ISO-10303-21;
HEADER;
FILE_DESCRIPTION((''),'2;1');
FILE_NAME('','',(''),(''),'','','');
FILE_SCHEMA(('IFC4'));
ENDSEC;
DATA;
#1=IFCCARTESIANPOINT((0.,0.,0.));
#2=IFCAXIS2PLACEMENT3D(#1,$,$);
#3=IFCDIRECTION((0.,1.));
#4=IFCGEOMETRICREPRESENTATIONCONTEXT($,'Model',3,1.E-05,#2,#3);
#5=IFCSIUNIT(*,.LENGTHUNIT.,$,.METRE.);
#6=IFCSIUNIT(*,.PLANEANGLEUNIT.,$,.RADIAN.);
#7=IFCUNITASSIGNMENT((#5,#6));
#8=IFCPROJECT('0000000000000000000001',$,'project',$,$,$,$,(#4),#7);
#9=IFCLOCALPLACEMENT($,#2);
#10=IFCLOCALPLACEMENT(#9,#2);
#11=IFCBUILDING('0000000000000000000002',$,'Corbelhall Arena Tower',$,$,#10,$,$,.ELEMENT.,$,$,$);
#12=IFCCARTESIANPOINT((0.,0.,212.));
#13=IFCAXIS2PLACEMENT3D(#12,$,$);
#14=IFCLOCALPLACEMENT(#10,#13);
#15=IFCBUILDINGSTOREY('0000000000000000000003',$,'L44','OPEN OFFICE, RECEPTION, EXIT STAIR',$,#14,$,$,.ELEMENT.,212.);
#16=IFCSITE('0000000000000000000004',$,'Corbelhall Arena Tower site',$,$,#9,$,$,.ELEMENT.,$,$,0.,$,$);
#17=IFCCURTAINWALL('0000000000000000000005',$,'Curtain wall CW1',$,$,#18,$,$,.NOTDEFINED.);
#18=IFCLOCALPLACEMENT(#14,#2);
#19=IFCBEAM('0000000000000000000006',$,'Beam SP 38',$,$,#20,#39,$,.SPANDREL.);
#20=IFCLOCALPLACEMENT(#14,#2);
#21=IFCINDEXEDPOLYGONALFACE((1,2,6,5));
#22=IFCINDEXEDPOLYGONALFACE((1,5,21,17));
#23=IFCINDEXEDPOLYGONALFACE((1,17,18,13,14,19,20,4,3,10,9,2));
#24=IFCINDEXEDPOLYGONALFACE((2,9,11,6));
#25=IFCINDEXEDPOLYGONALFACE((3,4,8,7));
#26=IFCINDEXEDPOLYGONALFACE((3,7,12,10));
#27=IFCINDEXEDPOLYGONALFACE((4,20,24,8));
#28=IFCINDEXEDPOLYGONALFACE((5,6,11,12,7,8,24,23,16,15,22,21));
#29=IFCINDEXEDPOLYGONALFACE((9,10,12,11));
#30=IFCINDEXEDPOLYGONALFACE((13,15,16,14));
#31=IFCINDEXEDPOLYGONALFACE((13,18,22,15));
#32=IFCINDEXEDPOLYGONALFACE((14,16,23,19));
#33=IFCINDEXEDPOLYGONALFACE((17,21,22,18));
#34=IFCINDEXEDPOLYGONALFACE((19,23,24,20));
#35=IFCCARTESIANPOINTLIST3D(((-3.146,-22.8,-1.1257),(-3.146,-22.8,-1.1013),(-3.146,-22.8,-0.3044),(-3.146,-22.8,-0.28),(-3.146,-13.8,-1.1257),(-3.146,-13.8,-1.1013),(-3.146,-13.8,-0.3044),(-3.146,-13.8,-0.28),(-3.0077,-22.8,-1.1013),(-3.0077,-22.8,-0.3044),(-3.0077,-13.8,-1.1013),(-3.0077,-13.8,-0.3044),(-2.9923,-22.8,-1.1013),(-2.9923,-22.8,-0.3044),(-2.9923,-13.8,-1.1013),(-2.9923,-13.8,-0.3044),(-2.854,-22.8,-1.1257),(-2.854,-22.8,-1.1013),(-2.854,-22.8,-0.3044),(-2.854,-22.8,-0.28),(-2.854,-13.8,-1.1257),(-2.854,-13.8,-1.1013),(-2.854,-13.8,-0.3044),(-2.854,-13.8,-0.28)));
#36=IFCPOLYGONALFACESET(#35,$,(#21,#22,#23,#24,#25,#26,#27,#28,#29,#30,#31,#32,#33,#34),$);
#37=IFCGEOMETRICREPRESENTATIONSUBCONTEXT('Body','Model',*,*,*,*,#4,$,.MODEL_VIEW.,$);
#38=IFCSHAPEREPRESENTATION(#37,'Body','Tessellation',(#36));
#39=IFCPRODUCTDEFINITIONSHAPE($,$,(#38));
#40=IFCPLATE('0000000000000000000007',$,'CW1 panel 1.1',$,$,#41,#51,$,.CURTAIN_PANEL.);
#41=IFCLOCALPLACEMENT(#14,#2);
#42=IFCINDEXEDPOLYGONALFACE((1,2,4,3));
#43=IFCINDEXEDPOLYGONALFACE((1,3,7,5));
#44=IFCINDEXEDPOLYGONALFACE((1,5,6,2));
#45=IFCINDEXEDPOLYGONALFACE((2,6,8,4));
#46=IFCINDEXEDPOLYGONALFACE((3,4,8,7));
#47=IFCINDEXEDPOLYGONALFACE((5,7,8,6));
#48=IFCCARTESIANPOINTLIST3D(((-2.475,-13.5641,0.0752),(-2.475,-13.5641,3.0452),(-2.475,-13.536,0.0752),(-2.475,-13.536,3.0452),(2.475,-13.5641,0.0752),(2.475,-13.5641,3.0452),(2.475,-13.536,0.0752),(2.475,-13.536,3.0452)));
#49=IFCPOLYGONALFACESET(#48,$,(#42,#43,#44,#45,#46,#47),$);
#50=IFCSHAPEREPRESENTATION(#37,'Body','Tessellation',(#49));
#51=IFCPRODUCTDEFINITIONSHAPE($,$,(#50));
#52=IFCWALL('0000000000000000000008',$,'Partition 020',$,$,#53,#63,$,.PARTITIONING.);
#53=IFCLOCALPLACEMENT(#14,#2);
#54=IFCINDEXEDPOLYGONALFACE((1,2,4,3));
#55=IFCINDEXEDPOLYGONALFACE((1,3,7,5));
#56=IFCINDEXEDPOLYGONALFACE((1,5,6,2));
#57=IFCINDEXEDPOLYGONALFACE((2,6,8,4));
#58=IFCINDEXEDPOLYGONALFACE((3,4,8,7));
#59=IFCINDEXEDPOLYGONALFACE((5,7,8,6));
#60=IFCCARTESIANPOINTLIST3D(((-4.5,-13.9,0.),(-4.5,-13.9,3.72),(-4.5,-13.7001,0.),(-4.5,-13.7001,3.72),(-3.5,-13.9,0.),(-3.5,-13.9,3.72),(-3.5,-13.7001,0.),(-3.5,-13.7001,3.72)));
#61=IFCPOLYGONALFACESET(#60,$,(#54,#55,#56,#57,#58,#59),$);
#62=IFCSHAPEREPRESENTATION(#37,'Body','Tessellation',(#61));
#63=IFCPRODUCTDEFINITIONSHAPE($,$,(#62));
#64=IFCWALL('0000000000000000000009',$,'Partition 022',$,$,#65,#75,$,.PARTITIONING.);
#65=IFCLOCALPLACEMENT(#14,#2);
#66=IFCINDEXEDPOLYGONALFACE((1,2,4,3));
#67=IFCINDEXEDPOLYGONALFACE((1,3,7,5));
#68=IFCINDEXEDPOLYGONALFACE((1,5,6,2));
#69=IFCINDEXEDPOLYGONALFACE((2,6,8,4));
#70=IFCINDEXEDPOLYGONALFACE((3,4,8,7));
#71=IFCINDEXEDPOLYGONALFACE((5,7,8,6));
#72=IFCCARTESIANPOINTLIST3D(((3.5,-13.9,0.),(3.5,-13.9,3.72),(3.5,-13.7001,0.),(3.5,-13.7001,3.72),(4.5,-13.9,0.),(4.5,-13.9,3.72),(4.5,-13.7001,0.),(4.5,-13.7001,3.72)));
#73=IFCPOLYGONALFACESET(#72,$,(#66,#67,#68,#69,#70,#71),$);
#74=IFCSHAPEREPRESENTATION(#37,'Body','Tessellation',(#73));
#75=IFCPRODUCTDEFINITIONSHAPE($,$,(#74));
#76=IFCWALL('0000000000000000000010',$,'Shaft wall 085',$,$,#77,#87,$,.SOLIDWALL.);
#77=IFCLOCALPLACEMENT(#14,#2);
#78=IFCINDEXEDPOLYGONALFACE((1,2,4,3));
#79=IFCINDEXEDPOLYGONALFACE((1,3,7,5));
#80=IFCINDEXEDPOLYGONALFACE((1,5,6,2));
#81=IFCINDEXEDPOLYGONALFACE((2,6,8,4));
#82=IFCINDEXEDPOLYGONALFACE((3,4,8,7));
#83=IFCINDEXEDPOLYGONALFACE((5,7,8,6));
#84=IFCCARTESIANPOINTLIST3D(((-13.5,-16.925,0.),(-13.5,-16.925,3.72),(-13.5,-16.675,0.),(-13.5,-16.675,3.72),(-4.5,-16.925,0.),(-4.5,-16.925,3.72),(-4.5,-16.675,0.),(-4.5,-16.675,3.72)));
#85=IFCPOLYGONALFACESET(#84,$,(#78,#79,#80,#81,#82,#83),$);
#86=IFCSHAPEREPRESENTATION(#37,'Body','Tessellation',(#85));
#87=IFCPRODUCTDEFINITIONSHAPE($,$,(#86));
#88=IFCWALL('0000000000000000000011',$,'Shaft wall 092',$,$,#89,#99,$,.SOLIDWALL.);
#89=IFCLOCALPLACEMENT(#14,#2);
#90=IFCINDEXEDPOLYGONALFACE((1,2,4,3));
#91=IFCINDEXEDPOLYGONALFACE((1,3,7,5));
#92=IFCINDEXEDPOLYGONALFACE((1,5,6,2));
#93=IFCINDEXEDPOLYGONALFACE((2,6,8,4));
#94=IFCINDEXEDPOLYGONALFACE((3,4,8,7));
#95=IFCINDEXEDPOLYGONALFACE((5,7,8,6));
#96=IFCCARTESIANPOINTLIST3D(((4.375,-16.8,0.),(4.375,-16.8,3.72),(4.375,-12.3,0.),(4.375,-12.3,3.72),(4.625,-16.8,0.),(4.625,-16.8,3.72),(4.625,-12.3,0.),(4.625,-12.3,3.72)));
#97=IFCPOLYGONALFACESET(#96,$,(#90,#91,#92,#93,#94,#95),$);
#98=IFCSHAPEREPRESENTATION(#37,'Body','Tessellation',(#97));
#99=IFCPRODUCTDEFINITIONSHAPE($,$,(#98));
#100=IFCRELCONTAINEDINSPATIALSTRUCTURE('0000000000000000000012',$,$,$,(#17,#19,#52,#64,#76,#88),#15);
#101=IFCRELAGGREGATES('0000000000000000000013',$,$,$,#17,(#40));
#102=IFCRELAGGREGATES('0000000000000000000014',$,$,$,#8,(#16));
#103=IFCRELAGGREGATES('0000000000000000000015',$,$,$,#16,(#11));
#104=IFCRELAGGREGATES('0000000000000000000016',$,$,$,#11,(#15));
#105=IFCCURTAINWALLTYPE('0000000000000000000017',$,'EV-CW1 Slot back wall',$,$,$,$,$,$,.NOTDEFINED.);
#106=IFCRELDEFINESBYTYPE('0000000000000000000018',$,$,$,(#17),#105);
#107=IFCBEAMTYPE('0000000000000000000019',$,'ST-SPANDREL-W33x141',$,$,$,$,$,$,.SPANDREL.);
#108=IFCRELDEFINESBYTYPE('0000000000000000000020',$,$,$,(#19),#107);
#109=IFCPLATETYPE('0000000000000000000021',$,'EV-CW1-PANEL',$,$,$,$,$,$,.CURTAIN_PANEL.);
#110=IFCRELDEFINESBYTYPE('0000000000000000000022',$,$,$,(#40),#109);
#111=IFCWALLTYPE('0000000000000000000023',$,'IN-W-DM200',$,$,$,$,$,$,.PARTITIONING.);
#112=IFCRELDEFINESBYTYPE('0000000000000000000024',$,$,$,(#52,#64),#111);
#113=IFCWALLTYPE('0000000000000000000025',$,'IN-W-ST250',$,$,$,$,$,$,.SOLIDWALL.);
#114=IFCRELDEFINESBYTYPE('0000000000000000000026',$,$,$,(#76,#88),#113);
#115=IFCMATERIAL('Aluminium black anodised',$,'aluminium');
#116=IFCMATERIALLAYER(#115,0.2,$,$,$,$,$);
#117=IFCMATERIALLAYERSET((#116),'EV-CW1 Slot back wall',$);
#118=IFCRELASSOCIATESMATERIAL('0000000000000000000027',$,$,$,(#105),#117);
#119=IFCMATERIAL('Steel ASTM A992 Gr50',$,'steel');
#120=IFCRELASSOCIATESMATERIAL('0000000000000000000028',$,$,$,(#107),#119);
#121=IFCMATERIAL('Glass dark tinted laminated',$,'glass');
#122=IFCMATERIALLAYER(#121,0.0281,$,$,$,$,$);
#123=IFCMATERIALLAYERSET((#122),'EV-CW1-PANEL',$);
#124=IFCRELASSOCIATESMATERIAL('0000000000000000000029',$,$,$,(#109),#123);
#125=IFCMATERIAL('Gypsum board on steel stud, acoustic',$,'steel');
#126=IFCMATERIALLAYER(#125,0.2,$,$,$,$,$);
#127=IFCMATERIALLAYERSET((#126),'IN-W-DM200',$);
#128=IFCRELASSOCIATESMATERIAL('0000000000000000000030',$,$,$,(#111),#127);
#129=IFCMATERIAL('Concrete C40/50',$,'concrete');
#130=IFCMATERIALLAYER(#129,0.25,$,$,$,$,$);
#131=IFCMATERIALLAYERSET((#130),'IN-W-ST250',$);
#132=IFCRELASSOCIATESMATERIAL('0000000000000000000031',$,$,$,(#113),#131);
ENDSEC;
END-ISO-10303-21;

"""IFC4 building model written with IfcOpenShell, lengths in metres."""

from ifc_helpers import new_model, si_unit, direction, frame, frame_2d, origin, origin_2d, place, context, subcontext, project, spatial, rectangle, i_section, extrude, material, layer, layer_set, material_profile, profile_set, type_object, element, aggregate, save


model = new_model("IFC4")

# Units and contexts
model_context = context("Model", 3, precision=1e-05, world=origin(), true_north=direction((0.0, 1.0)))
body_context = subcontext(model_context, "Body", "Model", "MODEL_VIEW")
ifc_project = project(units=[si_unit("LENGTHUNIT", "METRE"), si_unit("PLANEANGLEUNIT", "RADIAN")], contexts=[model_context])

# Site, building, storey
site_placement = place(None, origin())
site = spatial("IfcSite", under=ifc_project, at=site_placement, Name="Corbelhall Arena Tower site", CompositionType="ELEMENT", RefElevation=0.0)
building_placement = place(site_placement, origin())
building = spatial("IfcBuilding", under=site, at=building_placement, Name="Corbelhall Arena Tower", CompositionType="ELEMENT")
storey_placement = place(building_placement, frame((0.0, 0.0, 212.0)))
storey = spatial("IfcBuildingStorey", under=building, at=storey_placement, Name="L44", Description="OPEN OFFICE, RECEPTION, EXIT STAIR", CompositionType="ELEMENT", Elevation=212.0)

# Curtain wall
ifc_material_1 = material(Name="Aluminium black anodised", Category="aluminium")
ifc_layer_1 = layer(ifc_material_1, 0.2)
ifc_layer_set_1 = layer_set([ifc_layer_1], Name="EV-CW1 Slot back wall")
curtain_wall_type = type_object("IfcCurtainWallType", Name="EV-CW1 Slot back wall", PredefinedType="NOTDEFINED", material=ifc_layer_set_1)
curtain_wall_placement = place(storey_placement, origin())
curtain_wall = element("IfcCurtainWall", 1, at=curtain_wall_placement, inside=storey, type_object=curtain_wall_type, Name="Curtain wall CW1", PredefinedType="NOTDEFINED")

# Beam
ifc_material_2 = material(Name="Steel ASTM A992 Gr50", Category="steel")
ifc_material_profile_1 = material_profile(ifc_material_2, i_section(OverallWidth=0.292, OverallDepth=0.8457, WebThickness=0.0154, FlangeThickness=0.0244, at=origin_2d()))
ifc_profile_set_1 = profile_set([ifc_material_profile_1], Name="Steel ASTM A992 Gr50")
beam_type_1 = type_object("IfcBeamType", Name="ST-SPANDREL-W33x141", PredefinedType="SPANDREL", material=ifc_profile_set_1)
for number, where, z_axis, x_axis, name in (
    (2, (-3.0, -13.8, -0.7029), (0.0, -1.0, 0.0), (1.0, 0.0, 0.0), "Beam SP 38"),
):
    element("IfcBeam", number, at=place(storey_placement, frame(where, z_axis=z_axis, x_axis=x_axis)), inside=storey, type_object=beam_type_1, Name=name, PredefinedType="SPANDREL", context=body_context, shape_type="SweptSolid", body=[
        extrude(i_section(OverallWidth=0.292, OverallDepth=0.8457, WebThickness=0.0154, FlangeThickness=0.0244, at=origin_2d()), origin(), (0.0, 0.0, 1.0), 9.0),
    ])

# Plate
ifc_material_3 = material(Name="Glass dark tinted laminated", Category="glass")
ifc_layer_2 = layer(ifc_material_3, 0.0281)
ifc_layer_set_2 = layer_set([ifc_layer_2], Name="EV-CW1-PANEL")
plate_type = type_object("IfcPlateType", Name="EV-CW1-PANEL", PredefinedType="CURTAIN_PANEL", material=ifc_layer_set_2)
plate_placement = place(storey_placement, frame((0.0, -13.55, 0.0752), z_axis=(0.0, 0.0, 1.0), x_axis=(1.0, 0.0, 0.0)))
plate = element("IfcPlate", 3, at=plate_placement, type_object=plate_type, Name="CW1 panel 1.1", PredefinedType="CURTAIN_PANEL", context=body_context, shape_type="SweptSolid", body=[
    extrude(rectangle(XDim=4.95, YDim=0.0281, at=origin_2d()), origin(), (0.0, 0.0, 1.0), 2.97),
])
aggregate(curtain_wall, [plate])

# Walls
ifc_material_4 = material(Name="Gypsum board on steel stud, acoustic", Category="steel")
ifc_layer_3 = layer(ifc_material_4, 0.2)
ifc_layer_set_3 = layer_set([ifc_layer_3], Name="IN-W-DM200")
wall_type_1 = type_object("IfcWallType", Name="IN-W-DM200", PredefinedType="PARTITIONING", material=ifc_layer_set_3)
for number, where, z_axis, x_axis, name in (
    (4, (-3.5, -13.8, 0.0), (0.0, 0.0, 1.0), (-1.0, 0.0, 0.0), "Partition 020"),
    (5, (4.5, -13.8, 0.0), (0.0, 0.0, 1.0), (-1.0, 0.0, 0.0), "Partition 022"),
):
    element("IfcWall", number, at=place(storey_placement, frame(where, z_axis=z_axis, x_axis=x_axis)), inside=storey, type_object=wall_type_1, Name=name, PredefinedType="PARTITIONING", context=body_context, shape_type="SweptSolid", body=[
        extrude(rectangle(XDim=1.0, YDim=0.2, at=frame_2d((0.5, 0.0))), origin(), (0.0, 0.0, 1.0), 3.72),
    ])
ifc_material_5 = material(Name="Concrete C40/50", Category="concrete")
ifc_layer_4 = layer(ifc_material_5, 0.25)
ifc_layer_set_4 = layer_set([ifc_layer_4], Name="IN-W-ST250")
wall_type_2 = type_object("IfcWallType", Name="IN-W-ST250", PredefinedType="SOLIDWALL", material=ifc_layer_set_4)
wall_1_placement = place(storey_placement, frame((-4.5, -16.8, 0.0), z_axis=(0.0, 0.0, 1.0), x_axis=(-1.0, 0.0, 0.0)))
element("IfcWall", 6, at=wall_1_placement, inside=storey, type_object=wall_type_2, Name="Shaft wall 085", PredefinedType="SOLIDWALL", context=body_context, shape_type="SweptSolid", body=[
    extrude(rectangle(XDim=9.0, YDim=0.25, at=frame_2d((4.5, 0.0))), origin(), (0.0, 0.0, 1.0), 3.72),
])
wall_2_placement = place(storey_placement, frame((4.5, -16.8, 0.0), z_axis=(0.0, 0.0, 1.0), x_axis=(0.0, 1.0, 0.0)))
element("IfcWall", 7, at=wall_2_placement, inside=storey, type_object=wall_type_2, Name="Shaft wall 092", PredefinedType="SOLIDWALL", context=body_context, shape_type="SweptSolid", body=[
    extrude(rectangle(XDim=4.5, YDim=0.25, at=frame_2d((2.25, 0.0))), origin(), (0.0, 0.0, 1.0), 3.72),
])

save(model, "model.ifc")
